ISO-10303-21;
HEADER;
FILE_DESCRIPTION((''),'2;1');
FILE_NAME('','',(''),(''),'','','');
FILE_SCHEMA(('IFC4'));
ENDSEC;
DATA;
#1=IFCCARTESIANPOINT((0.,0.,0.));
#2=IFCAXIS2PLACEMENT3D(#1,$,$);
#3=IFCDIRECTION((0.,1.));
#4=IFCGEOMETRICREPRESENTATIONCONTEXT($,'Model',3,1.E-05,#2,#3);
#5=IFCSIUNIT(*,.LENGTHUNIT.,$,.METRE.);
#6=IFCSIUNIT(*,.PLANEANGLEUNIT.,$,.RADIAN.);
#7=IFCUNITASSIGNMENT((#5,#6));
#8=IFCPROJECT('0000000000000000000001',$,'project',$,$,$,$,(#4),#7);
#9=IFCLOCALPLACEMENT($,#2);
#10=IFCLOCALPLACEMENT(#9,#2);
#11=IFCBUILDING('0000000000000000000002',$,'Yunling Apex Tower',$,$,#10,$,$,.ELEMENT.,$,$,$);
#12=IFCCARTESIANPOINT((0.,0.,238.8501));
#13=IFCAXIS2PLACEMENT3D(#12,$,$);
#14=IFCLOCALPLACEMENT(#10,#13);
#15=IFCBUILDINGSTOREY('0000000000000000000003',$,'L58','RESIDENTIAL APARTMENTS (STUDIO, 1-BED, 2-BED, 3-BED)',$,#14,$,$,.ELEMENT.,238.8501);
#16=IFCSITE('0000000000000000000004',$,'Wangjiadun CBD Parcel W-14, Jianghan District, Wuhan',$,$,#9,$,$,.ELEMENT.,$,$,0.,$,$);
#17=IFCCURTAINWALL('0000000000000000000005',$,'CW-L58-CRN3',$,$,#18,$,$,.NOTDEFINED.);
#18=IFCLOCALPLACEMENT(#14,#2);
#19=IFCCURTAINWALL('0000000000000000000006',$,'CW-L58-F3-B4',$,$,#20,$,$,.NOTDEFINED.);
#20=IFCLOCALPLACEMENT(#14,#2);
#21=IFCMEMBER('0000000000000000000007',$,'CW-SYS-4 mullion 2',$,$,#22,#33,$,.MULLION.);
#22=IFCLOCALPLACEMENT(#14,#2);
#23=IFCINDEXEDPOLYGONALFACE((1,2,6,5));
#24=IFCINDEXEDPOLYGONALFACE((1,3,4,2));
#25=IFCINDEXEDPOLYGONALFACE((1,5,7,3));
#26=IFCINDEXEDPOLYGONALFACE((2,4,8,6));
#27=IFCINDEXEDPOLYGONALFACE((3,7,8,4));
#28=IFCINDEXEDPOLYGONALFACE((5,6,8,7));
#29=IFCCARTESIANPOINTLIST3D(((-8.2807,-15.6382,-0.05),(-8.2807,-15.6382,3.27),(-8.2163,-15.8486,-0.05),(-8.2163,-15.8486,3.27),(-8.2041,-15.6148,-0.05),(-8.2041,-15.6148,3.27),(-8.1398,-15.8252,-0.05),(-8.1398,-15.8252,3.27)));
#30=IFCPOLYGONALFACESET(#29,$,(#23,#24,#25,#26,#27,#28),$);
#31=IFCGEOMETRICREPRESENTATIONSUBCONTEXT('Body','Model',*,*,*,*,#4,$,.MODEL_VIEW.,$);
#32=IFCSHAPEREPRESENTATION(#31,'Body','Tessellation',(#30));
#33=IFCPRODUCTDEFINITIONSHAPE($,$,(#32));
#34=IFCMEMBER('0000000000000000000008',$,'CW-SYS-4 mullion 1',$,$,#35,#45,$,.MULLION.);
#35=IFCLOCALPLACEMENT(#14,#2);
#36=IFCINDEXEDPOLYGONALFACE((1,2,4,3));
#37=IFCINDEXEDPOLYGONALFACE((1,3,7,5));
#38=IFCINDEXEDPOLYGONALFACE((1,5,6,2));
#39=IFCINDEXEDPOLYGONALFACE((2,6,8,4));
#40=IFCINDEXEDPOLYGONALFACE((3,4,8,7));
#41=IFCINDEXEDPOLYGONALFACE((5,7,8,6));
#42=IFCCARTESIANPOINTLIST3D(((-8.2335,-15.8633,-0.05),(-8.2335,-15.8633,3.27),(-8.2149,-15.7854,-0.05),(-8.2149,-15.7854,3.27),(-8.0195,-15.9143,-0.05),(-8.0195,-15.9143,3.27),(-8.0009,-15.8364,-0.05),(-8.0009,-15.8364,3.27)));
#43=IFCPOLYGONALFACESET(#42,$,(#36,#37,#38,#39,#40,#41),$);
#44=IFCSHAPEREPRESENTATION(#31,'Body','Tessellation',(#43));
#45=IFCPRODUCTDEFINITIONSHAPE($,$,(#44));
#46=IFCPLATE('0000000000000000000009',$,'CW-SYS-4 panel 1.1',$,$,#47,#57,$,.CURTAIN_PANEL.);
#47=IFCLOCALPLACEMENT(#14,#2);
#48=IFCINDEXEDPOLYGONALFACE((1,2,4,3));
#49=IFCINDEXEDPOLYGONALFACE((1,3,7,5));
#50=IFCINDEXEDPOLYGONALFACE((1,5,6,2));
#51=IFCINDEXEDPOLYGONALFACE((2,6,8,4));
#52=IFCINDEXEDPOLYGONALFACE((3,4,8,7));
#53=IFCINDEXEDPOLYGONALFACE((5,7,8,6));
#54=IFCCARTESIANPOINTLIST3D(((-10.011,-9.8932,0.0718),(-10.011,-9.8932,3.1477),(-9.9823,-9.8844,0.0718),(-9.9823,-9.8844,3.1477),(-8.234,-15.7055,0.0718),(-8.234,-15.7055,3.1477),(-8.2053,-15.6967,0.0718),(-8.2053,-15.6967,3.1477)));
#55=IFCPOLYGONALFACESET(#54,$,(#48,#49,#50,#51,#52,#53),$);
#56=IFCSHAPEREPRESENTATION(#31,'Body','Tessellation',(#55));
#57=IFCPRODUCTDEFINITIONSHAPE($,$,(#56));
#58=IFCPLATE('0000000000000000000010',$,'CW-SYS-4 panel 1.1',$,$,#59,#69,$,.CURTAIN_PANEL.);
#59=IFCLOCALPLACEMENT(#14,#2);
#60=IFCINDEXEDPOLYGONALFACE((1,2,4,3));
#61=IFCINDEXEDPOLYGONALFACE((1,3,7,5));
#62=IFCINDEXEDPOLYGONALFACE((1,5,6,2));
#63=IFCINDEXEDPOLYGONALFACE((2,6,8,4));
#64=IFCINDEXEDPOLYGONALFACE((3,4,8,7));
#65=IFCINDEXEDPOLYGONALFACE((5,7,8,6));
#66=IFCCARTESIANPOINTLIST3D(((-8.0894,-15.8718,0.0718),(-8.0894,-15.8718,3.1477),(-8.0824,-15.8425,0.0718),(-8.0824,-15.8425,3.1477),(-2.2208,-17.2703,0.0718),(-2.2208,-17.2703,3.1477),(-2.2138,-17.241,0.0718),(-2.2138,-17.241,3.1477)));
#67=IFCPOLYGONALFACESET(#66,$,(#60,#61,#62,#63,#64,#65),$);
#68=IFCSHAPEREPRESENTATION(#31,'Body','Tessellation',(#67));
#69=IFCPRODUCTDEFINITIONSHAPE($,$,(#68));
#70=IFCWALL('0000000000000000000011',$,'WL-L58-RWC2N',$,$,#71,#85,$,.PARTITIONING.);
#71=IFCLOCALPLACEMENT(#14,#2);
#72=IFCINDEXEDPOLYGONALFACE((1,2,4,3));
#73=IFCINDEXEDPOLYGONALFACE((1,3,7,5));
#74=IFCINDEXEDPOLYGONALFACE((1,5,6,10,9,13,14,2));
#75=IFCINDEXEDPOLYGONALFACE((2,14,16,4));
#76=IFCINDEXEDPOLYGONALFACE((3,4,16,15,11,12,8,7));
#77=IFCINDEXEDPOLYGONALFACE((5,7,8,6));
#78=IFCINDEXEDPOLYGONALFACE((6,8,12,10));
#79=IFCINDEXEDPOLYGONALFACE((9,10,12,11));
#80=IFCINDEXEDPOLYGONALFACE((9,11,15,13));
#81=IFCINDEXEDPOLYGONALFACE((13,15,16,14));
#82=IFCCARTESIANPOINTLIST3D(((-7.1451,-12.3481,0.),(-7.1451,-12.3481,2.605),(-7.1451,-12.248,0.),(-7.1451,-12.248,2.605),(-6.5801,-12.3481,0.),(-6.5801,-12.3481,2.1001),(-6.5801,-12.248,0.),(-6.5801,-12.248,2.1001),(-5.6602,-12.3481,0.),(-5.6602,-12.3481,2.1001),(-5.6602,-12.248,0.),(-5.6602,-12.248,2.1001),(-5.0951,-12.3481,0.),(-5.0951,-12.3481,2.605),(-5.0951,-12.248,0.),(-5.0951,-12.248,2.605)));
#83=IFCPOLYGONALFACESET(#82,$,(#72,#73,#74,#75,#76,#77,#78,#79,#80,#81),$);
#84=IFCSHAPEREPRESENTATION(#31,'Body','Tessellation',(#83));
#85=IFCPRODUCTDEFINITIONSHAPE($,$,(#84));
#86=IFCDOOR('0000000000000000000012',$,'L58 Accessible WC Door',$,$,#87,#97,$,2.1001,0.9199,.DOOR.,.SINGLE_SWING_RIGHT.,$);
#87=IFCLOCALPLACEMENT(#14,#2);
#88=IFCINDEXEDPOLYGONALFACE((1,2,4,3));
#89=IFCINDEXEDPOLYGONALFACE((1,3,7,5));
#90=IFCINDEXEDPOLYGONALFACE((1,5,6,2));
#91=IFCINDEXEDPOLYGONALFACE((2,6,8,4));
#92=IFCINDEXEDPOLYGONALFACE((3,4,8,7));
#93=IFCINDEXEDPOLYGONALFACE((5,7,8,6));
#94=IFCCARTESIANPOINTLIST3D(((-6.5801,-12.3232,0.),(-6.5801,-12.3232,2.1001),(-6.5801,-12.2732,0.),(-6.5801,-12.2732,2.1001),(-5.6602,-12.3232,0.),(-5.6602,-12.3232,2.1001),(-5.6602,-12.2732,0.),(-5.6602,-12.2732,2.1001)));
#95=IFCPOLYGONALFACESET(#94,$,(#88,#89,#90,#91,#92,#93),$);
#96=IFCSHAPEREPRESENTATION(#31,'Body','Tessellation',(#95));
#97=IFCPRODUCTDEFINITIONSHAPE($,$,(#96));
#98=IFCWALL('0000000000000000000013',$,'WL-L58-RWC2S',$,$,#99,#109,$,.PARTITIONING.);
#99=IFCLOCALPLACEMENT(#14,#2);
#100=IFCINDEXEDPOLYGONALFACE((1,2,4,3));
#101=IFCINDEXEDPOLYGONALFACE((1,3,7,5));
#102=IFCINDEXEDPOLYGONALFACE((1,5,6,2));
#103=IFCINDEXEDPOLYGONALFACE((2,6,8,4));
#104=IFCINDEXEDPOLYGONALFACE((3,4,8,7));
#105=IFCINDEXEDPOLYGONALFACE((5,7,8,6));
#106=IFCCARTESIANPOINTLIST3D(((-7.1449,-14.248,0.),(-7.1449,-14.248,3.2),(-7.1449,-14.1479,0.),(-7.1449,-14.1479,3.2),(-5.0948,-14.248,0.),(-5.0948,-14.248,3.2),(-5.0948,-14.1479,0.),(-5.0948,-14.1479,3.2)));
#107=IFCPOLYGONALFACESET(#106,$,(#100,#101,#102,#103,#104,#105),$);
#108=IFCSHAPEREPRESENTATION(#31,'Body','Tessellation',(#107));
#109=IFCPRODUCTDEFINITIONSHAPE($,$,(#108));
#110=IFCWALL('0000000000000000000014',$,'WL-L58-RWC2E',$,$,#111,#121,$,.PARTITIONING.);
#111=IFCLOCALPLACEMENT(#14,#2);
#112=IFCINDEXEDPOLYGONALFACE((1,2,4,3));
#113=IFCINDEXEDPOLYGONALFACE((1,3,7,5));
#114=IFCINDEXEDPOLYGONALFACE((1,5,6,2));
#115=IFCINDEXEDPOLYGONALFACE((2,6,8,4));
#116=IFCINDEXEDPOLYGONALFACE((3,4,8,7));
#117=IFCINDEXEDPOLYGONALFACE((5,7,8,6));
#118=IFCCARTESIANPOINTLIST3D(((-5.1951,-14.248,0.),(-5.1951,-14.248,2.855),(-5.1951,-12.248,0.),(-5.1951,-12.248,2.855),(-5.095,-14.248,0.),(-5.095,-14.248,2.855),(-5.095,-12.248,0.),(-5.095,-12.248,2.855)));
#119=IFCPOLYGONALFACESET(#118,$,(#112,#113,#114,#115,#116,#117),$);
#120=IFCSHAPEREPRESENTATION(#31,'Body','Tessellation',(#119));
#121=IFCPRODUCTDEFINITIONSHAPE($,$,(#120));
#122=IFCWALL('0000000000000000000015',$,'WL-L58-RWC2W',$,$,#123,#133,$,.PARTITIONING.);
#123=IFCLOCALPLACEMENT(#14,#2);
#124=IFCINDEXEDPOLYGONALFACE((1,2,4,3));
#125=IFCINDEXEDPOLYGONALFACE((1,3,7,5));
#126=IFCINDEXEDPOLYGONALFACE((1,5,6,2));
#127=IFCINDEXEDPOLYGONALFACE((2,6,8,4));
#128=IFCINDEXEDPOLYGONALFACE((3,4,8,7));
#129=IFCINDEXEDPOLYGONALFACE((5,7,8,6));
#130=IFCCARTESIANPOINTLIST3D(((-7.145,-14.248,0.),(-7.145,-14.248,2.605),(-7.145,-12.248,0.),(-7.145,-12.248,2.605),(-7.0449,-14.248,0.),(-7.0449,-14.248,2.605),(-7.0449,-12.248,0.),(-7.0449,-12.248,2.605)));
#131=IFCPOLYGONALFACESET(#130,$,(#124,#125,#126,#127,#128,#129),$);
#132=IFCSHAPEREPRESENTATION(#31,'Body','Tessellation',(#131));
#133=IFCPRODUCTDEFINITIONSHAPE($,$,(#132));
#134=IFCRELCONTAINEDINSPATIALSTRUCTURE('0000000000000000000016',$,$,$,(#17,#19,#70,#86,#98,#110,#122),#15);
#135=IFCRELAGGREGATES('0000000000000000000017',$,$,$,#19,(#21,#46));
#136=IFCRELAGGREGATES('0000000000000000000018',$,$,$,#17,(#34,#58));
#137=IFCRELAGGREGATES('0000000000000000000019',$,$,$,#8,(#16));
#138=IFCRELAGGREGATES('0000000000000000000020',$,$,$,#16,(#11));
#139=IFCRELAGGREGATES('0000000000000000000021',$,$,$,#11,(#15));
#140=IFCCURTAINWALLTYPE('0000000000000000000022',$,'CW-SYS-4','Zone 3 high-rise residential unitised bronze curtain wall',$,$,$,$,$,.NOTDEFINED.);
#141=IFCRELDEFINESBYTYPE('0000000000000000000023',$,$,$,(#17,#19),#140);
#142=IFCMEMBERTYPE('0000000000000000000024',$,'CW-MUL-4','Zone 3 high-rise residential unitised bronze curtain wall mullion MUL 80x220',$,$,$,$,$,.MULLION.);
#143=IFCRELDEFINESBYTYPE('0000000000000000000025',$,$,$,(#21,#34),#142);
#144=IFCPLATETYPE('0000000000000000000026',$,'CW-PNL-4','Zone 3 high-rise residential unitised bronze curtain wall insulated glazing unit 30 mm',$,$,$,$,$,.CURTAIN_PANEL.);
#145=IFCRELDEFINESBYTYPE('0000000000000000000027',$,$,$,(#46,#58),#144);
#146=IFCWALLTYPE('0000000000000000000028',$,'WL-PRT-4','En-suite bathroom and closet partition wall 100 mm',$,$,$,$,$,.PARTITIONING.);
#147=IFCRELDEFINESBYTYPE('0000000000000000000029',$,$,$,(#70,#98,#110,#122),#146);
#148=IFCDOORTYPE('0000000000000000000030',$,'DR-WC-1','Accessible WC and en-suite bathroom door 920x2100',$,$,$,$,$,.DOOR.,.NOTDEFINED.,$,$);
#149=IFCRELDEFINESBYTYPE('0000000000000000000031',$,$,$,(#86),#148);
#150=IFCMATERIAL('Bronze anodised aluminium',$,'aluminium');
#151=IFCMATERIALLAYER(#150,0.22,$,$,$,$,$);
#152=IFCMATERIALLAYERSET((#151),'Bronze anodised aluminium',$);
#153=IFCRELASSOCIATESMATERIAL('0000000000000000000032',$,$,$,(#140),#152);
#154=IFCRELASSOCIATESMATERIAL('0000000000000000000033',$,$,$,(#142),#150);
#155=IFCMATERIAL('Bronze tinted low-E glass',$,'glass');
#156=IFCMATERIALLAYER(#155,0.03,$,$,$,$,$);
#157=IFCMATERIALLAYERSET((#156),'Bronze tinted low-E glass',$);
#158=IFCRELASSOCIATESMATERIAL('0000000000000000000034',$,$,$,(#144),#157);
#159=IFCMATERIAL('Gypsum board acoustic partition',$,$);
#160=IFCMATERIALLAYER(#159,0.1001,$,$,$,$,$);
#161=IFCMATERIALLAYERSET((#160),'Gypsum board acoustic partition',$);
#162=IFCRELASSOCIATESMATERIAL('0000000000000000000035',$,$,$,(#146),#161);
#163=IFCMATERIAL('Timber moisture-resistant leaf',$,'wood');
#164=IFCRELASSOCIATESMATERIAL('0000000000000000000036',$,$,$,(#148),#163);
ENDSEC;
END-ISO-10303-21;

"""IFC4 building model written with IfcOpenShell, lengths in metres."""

from ifc_helpers import new_model, si_unit, direction, frame, frame_2d, origin, origin_2d, place, context, subcontext, project, spatial, rectangle, extrude, source, transform, mapped, material, layer, layer_set, material_profile, profile_set, type_object, element, fill, aggregate, save


model = new_model("IFC4")

# Units and contexts
model_context = context("Model", 3, precision=1e-05, world=origin(), true_north=direction((0.0, 1.0)))
body_context = subcontext(model_context, "Body", "Model", "MODEL_VIEW")
ifc_project = project(units=[si_unit("LENGTHUNIT", "METRE"), si_unit("PLANEANGLEUNIT", "RADIAN")], contexts=[model_context])

# Site, building, storey
site_placement = place(None, origin())
site = spatial("IfcSite", under=ifc_project, at=site_placement, Name="Wangjiadun CBD Parcel W-14, Jianghan District, Wuhan", CompositionType="ELEMENT", RefElevation=0.0)
building_placement = place(site_placement, origin())
building = spatial("IfcBuilding", under=site, at=building_placement, Name="Yunling Apex Tower", CompositionType="ELEMENT")
storey_placement = place(building_placement, frame((0.0, 0.0, 238.8501)))
storey = spatial("IfcBuildingStorey", under=building, at=storey_placement, Name="L58", Description="RESIDENTIAL APARTMENTS (STUDIO, 1-BED, 2-BED, 3-BED)", CompositionType="ELEMENT", Elevation=238.8501)

# Curtain wall
ifc_material_1 = material(Name="Bronze anodised aluminium", Category="aluminium")
ifc_layer_1 = layer(ifc_material_1, 0.22)
ifc_layer_set_1 = layer_set([ifc_layer_1], Name="Bronze anodised aluminium")
curtain_wall_type = type_object("IfcCurtainWallType", Name="CW-SYS-4", Description="Zone 3 high-rise residential unitised bronze curtain wall", PredefinedType="NOTDEFINED", material=ifc_layer_set_1)
curtain_wall_1_placement = place(storey_placement, origin())
curtain_wall_1 = element("IfcCurtainWall", 1, at=curtain_wall_1_placement, inside=storey, type_object=curtain_wall_type, Name="CW-L58-CRN3", PredefinedType="NOTDEFINED")

# Curtain wall, member
curtain_wall_2_placement = place(storey_placement, origin())
curtain_wall_2 = element("IfcCurtainWall", 2, at=curtain_wall_2_placement, inside=storey, type_object=curtain_wall_type, Name="CW-L58-F3-B4", PredefinedType="NOTDEFINED")
ifc_material_profile_1 = material_profile(ifc_material_1, rectangle(XDim=0.0801, YDim=0.22, at=origin_2d()))
ifc_profile_set_1 = profile_set([ifc_material_profile_1], Name="Bronze anodised aluminium")
member_type_1 = type_object("IfcMemberType", Name="CW-MUL-4", Description="Zone 3 high-rise residential unitised bronze curtain wall mullion MUL 80x220", PredefinedType="MULLION", material=ifc_profile_set_1)
shared_shape_1 = source(origin(), body_context, "Body", "SweptSolid", [
    extrude(rectangle(XDim=0.0801, YDim=0.22, at=origin_2d()), origin(), (0.0, 0.0, 1.0), 3.3201),
])
member_1_placement = place(storey_placement, frame((-8.2102, -15.7317, -0.05), z_axis=(0.0, 0.0, 1.0), x_axis=(0.956305, 0.292372, 0.0)))
member_1 = element("IfcMember", 3, at=member_1_placement, type_object=member_type_1, Name="CW-SYS-4 mullion 2", PredefinedType="MULLION", context=body_context, shape_type="MappedRepresentation", body=[
    mapped(shared_shape_1, transform((0.0, 0.0, 0.0), scale=1.0)),
])

# Member
member_2_placement = place(storey_placement, frame((-8.1172, -15.8499, -0.05), z_axis=(0.0, 0.0, 1.0), x_axis=(0.231809, 0.972761, 0.0)))
member_2 = element("IfcMember", 4, at=member_2_placement, type_object=member_type_1, Name="CW-SYS-4 mullion 1", PredefinedType="MULLION", context=body_context, shape_type="MappedRepresentation", body=[
    mapped(shared_shape_1, transform((0.0, 0.0, 0.0), scale=1.0)),
])

# Plates
ifc_material_2 = material(Name="Bronze tinted low-E glass", Category="glass")
ifc_layer_2 = layer(ifc_material_2, 0.03)
ifc_layer_set_2 = layer_set([ifc_layer_2], Name="Bronze tinted low-E glass")
plate_type = type_object("IfcPlateType", Name="CW-PNL-4", Description="Zone 3 high-rise residential unitised bronze curtain wall insulated glazing unit 30 mm", PredefinedType="CURTAIN_PANEL", material=ifc_layer_set_2)
shared_shape_2 = source(origin(), body_context, "Body", "SweptSolid", [
    extrude(rectangle(XDim=6.0779, YDim=0.03, at=origin_2d()), origin(), (0.0, 0.0, 1.0), 3.0759),
])
plate_1_placement = place(storey_placement, frame((-9.1082, -12.7949, 0.0718), z_axis=(0.0, 0.0, 1.0), x_axis=(0.292372, -0.956305, 0.0)))
plate_1 = element("IfcPlate", 5, at=plate_1_placement, type_object=plate_type, Name="CW-SYS-4 panel 1.1", PredefinedType="CURTAIN_PANEL", context=body_context, shape_type="MappedRepresentation", body=[
    mapped(shared_shape_2, transform((0.0, 0.0, 0.0), scale=1.0)),
])
aggregate(curtain_wall_2, [member_1, plate_1])
shared_shape_3 = source(origin(), body_context, "Body", "SweptSolid", [
    extrude(rectangle(XDim=6.033, YDim=0.03, at=origin_2d()), origin(), (0.0, 0.0, 1.0), 3.0759),
])
plate_2_placement = place(storey_placement, frame((-5.1516, -16.5564, 0.0718), z_axis=(0.0, 0.0, 1.0), x_axis=(0.972761, -0.231809, 0.0)))
plate_2 = element("IfcPlate", 6, at=plate_2_placement, type_object=plate_type, Name="CW-SYS-4 panel 1.1", PredefinedType="CURTAIN_PANEL", context=body_context, shape_type="MappedRepresentation", body=[
    mapped(shared_shape_3, transform((0.0, 0.0, 0.0), scale=1.0)),
])
aggregate(curtain_wall_1, [member_2, plate_2])

# Wall, opening, door
ifc_material_3 = material(Name="Gypsum board acoustic partition")
ifc_layer_3 = layer(ifc_material_3, 0.1001)
ifc_layer_set_3 = layer_set([ifc_layer_3], Name="Gypsum board acoustic partition")
wall_type = type_object("IfcWallType", Name="WL-PRT-4", Description="En-suite bathroom and closet partition wall 100 mm", PredefinedType="PARTITIONING", material=ifc_layer_set_3)
wall_1_placement = place(storey_placement, frame((-7.145, -12.2981, 0.0), z_axis=(0.0, 0.0, 1.0), x_axis=(1.0, 0.0, 0.0)))
wall_1 = element("IfcWall", 7, at=wall_1_placement, inside=storey, type_object=wall_type, Name="WL-L58-RWC2N", PredefinedType="PARTITIONING", context=body_context, shape_type="SweptSolid", body=[
    extrude(rectangle(XDim=2.05, YDim=0.1001, at=frame_2d((1.0249, 0.0))), origin(), (0.0, 0.0, 1.0), 2.605),
])
opening_placement = place(wall_1_placement, frame((0.5649, 0.0, 0.0)))
opening = element("IfcOpeningElement", 8, at=opening_placement, cuts=wall_1, PredefinedType="OPENING", context=body_context, shape_type="SweptSolid", body=[
    extrude(rectangle(XDim=0.9199, YDim=2.1001, at=frame_2d((0.46, 1.05))), frame((0.0, 0.0601, 0.0), z_axis=(0.0, -1.0, 0.0), x_axis=(1.0, 0.0, 0.0)), (0.0, 0.0, 1.0), 0.1201),
])
ifc_material_4 = material(Name="Timber moisture-resistant leaf", Category="wood")
door_type = type_object("IfcDoorType", Name="DR-WC-1", Description="Accessible WC and en-suite bathroom door 920x2100", OperationType="NOTDEFINED", PredefinedType="DOOR", material=ifc_material_4)
door_placement = place(opening_placement, origin())
door = element("IfcDoor", 9, at=door_placement, inside=storey, type_object=door_type, Name="L58 Accessible WC Door", OperationType="SINGLE_SWING_RIGHT", OverallHeight=2.1001, OverallWidth=0.9199, PredefinedType="DOOR", context=body_context, shape_type="SweptSolid", body=[
    extrude(rectangle(XDim=0.9199, YDim=2.1001, at=frame_2d((0.46, 1.05))), frame((0.0, 0.0249, 0.0), z_axis=(0.0, -1.0, 0.0), x_axis=(1.0, 0.0, 0.0)), (0.0, 0.0, 1.0), 0.05),
])
fill(opening, door)

# Walls
wall_2_placement = place(storey_placement, frame((-5.095, -14.198, 0.0), z_axis=(0.0, 0.0, 1.0), x_axis=(-1.0, 0.0, 0.0)))
element("IfcWall", 10, at=wall_2_placement, inside=storey, type_object=wall_type, Name="WL-L58-RWC2S", PredefinedType="PARTITIONING", context=body_context, shape_type="SweptSolid", body=[
    extrude(rectangle(XDim=2.05, YDim=0.1001, at=frame_2d((1.0249, 0.0))), origin(), (0.0, 0.0, 1.0), 3.2),
])
wall_3_placement = place(storey_placement, frame((-5.145, -12.248, 0.0), z_axis=(0.0, 0.0, 1.0), x_axis=(0.0, -1.0, 0.0)))
element("IfcWall", 11, at=wall_3_placement, inside=storey, type_object=wall_type, Name="WL-L58-RWC2E", PredefinedType="PARTITIONING", context=body_context, shape_type="SweptSolid", body=[
    extrude(rectangle(XDim=2.0, YDim=0.1001, at=frame_2d((1.0, 0.0))), origin(), (0.0, 0.0, 1.0), 2.855),
])
wall_4_placement = place(storey_placement, frame((-7.095, -14.248, 0.0), z_axis=(0.0, 0.0, 1.0), x_axis=(0.0, 1.0, 0.0)))
element("IfcWall", 12, at=wall_4_placement, inside=storey, type_object=wall_type, Name="WL-L58-RWC2W", PredefinedType="PARTITIONING", context=body_context, shape_type="SweptSolid", body=[
    extrude(rectangle(XDim=2.0, YDim=0.1001, at=frame_2d((1.0, 0.0))), origin(), (0.0, 0.0, 1.0), 2.605),
])

save(model, "model.ifc")
